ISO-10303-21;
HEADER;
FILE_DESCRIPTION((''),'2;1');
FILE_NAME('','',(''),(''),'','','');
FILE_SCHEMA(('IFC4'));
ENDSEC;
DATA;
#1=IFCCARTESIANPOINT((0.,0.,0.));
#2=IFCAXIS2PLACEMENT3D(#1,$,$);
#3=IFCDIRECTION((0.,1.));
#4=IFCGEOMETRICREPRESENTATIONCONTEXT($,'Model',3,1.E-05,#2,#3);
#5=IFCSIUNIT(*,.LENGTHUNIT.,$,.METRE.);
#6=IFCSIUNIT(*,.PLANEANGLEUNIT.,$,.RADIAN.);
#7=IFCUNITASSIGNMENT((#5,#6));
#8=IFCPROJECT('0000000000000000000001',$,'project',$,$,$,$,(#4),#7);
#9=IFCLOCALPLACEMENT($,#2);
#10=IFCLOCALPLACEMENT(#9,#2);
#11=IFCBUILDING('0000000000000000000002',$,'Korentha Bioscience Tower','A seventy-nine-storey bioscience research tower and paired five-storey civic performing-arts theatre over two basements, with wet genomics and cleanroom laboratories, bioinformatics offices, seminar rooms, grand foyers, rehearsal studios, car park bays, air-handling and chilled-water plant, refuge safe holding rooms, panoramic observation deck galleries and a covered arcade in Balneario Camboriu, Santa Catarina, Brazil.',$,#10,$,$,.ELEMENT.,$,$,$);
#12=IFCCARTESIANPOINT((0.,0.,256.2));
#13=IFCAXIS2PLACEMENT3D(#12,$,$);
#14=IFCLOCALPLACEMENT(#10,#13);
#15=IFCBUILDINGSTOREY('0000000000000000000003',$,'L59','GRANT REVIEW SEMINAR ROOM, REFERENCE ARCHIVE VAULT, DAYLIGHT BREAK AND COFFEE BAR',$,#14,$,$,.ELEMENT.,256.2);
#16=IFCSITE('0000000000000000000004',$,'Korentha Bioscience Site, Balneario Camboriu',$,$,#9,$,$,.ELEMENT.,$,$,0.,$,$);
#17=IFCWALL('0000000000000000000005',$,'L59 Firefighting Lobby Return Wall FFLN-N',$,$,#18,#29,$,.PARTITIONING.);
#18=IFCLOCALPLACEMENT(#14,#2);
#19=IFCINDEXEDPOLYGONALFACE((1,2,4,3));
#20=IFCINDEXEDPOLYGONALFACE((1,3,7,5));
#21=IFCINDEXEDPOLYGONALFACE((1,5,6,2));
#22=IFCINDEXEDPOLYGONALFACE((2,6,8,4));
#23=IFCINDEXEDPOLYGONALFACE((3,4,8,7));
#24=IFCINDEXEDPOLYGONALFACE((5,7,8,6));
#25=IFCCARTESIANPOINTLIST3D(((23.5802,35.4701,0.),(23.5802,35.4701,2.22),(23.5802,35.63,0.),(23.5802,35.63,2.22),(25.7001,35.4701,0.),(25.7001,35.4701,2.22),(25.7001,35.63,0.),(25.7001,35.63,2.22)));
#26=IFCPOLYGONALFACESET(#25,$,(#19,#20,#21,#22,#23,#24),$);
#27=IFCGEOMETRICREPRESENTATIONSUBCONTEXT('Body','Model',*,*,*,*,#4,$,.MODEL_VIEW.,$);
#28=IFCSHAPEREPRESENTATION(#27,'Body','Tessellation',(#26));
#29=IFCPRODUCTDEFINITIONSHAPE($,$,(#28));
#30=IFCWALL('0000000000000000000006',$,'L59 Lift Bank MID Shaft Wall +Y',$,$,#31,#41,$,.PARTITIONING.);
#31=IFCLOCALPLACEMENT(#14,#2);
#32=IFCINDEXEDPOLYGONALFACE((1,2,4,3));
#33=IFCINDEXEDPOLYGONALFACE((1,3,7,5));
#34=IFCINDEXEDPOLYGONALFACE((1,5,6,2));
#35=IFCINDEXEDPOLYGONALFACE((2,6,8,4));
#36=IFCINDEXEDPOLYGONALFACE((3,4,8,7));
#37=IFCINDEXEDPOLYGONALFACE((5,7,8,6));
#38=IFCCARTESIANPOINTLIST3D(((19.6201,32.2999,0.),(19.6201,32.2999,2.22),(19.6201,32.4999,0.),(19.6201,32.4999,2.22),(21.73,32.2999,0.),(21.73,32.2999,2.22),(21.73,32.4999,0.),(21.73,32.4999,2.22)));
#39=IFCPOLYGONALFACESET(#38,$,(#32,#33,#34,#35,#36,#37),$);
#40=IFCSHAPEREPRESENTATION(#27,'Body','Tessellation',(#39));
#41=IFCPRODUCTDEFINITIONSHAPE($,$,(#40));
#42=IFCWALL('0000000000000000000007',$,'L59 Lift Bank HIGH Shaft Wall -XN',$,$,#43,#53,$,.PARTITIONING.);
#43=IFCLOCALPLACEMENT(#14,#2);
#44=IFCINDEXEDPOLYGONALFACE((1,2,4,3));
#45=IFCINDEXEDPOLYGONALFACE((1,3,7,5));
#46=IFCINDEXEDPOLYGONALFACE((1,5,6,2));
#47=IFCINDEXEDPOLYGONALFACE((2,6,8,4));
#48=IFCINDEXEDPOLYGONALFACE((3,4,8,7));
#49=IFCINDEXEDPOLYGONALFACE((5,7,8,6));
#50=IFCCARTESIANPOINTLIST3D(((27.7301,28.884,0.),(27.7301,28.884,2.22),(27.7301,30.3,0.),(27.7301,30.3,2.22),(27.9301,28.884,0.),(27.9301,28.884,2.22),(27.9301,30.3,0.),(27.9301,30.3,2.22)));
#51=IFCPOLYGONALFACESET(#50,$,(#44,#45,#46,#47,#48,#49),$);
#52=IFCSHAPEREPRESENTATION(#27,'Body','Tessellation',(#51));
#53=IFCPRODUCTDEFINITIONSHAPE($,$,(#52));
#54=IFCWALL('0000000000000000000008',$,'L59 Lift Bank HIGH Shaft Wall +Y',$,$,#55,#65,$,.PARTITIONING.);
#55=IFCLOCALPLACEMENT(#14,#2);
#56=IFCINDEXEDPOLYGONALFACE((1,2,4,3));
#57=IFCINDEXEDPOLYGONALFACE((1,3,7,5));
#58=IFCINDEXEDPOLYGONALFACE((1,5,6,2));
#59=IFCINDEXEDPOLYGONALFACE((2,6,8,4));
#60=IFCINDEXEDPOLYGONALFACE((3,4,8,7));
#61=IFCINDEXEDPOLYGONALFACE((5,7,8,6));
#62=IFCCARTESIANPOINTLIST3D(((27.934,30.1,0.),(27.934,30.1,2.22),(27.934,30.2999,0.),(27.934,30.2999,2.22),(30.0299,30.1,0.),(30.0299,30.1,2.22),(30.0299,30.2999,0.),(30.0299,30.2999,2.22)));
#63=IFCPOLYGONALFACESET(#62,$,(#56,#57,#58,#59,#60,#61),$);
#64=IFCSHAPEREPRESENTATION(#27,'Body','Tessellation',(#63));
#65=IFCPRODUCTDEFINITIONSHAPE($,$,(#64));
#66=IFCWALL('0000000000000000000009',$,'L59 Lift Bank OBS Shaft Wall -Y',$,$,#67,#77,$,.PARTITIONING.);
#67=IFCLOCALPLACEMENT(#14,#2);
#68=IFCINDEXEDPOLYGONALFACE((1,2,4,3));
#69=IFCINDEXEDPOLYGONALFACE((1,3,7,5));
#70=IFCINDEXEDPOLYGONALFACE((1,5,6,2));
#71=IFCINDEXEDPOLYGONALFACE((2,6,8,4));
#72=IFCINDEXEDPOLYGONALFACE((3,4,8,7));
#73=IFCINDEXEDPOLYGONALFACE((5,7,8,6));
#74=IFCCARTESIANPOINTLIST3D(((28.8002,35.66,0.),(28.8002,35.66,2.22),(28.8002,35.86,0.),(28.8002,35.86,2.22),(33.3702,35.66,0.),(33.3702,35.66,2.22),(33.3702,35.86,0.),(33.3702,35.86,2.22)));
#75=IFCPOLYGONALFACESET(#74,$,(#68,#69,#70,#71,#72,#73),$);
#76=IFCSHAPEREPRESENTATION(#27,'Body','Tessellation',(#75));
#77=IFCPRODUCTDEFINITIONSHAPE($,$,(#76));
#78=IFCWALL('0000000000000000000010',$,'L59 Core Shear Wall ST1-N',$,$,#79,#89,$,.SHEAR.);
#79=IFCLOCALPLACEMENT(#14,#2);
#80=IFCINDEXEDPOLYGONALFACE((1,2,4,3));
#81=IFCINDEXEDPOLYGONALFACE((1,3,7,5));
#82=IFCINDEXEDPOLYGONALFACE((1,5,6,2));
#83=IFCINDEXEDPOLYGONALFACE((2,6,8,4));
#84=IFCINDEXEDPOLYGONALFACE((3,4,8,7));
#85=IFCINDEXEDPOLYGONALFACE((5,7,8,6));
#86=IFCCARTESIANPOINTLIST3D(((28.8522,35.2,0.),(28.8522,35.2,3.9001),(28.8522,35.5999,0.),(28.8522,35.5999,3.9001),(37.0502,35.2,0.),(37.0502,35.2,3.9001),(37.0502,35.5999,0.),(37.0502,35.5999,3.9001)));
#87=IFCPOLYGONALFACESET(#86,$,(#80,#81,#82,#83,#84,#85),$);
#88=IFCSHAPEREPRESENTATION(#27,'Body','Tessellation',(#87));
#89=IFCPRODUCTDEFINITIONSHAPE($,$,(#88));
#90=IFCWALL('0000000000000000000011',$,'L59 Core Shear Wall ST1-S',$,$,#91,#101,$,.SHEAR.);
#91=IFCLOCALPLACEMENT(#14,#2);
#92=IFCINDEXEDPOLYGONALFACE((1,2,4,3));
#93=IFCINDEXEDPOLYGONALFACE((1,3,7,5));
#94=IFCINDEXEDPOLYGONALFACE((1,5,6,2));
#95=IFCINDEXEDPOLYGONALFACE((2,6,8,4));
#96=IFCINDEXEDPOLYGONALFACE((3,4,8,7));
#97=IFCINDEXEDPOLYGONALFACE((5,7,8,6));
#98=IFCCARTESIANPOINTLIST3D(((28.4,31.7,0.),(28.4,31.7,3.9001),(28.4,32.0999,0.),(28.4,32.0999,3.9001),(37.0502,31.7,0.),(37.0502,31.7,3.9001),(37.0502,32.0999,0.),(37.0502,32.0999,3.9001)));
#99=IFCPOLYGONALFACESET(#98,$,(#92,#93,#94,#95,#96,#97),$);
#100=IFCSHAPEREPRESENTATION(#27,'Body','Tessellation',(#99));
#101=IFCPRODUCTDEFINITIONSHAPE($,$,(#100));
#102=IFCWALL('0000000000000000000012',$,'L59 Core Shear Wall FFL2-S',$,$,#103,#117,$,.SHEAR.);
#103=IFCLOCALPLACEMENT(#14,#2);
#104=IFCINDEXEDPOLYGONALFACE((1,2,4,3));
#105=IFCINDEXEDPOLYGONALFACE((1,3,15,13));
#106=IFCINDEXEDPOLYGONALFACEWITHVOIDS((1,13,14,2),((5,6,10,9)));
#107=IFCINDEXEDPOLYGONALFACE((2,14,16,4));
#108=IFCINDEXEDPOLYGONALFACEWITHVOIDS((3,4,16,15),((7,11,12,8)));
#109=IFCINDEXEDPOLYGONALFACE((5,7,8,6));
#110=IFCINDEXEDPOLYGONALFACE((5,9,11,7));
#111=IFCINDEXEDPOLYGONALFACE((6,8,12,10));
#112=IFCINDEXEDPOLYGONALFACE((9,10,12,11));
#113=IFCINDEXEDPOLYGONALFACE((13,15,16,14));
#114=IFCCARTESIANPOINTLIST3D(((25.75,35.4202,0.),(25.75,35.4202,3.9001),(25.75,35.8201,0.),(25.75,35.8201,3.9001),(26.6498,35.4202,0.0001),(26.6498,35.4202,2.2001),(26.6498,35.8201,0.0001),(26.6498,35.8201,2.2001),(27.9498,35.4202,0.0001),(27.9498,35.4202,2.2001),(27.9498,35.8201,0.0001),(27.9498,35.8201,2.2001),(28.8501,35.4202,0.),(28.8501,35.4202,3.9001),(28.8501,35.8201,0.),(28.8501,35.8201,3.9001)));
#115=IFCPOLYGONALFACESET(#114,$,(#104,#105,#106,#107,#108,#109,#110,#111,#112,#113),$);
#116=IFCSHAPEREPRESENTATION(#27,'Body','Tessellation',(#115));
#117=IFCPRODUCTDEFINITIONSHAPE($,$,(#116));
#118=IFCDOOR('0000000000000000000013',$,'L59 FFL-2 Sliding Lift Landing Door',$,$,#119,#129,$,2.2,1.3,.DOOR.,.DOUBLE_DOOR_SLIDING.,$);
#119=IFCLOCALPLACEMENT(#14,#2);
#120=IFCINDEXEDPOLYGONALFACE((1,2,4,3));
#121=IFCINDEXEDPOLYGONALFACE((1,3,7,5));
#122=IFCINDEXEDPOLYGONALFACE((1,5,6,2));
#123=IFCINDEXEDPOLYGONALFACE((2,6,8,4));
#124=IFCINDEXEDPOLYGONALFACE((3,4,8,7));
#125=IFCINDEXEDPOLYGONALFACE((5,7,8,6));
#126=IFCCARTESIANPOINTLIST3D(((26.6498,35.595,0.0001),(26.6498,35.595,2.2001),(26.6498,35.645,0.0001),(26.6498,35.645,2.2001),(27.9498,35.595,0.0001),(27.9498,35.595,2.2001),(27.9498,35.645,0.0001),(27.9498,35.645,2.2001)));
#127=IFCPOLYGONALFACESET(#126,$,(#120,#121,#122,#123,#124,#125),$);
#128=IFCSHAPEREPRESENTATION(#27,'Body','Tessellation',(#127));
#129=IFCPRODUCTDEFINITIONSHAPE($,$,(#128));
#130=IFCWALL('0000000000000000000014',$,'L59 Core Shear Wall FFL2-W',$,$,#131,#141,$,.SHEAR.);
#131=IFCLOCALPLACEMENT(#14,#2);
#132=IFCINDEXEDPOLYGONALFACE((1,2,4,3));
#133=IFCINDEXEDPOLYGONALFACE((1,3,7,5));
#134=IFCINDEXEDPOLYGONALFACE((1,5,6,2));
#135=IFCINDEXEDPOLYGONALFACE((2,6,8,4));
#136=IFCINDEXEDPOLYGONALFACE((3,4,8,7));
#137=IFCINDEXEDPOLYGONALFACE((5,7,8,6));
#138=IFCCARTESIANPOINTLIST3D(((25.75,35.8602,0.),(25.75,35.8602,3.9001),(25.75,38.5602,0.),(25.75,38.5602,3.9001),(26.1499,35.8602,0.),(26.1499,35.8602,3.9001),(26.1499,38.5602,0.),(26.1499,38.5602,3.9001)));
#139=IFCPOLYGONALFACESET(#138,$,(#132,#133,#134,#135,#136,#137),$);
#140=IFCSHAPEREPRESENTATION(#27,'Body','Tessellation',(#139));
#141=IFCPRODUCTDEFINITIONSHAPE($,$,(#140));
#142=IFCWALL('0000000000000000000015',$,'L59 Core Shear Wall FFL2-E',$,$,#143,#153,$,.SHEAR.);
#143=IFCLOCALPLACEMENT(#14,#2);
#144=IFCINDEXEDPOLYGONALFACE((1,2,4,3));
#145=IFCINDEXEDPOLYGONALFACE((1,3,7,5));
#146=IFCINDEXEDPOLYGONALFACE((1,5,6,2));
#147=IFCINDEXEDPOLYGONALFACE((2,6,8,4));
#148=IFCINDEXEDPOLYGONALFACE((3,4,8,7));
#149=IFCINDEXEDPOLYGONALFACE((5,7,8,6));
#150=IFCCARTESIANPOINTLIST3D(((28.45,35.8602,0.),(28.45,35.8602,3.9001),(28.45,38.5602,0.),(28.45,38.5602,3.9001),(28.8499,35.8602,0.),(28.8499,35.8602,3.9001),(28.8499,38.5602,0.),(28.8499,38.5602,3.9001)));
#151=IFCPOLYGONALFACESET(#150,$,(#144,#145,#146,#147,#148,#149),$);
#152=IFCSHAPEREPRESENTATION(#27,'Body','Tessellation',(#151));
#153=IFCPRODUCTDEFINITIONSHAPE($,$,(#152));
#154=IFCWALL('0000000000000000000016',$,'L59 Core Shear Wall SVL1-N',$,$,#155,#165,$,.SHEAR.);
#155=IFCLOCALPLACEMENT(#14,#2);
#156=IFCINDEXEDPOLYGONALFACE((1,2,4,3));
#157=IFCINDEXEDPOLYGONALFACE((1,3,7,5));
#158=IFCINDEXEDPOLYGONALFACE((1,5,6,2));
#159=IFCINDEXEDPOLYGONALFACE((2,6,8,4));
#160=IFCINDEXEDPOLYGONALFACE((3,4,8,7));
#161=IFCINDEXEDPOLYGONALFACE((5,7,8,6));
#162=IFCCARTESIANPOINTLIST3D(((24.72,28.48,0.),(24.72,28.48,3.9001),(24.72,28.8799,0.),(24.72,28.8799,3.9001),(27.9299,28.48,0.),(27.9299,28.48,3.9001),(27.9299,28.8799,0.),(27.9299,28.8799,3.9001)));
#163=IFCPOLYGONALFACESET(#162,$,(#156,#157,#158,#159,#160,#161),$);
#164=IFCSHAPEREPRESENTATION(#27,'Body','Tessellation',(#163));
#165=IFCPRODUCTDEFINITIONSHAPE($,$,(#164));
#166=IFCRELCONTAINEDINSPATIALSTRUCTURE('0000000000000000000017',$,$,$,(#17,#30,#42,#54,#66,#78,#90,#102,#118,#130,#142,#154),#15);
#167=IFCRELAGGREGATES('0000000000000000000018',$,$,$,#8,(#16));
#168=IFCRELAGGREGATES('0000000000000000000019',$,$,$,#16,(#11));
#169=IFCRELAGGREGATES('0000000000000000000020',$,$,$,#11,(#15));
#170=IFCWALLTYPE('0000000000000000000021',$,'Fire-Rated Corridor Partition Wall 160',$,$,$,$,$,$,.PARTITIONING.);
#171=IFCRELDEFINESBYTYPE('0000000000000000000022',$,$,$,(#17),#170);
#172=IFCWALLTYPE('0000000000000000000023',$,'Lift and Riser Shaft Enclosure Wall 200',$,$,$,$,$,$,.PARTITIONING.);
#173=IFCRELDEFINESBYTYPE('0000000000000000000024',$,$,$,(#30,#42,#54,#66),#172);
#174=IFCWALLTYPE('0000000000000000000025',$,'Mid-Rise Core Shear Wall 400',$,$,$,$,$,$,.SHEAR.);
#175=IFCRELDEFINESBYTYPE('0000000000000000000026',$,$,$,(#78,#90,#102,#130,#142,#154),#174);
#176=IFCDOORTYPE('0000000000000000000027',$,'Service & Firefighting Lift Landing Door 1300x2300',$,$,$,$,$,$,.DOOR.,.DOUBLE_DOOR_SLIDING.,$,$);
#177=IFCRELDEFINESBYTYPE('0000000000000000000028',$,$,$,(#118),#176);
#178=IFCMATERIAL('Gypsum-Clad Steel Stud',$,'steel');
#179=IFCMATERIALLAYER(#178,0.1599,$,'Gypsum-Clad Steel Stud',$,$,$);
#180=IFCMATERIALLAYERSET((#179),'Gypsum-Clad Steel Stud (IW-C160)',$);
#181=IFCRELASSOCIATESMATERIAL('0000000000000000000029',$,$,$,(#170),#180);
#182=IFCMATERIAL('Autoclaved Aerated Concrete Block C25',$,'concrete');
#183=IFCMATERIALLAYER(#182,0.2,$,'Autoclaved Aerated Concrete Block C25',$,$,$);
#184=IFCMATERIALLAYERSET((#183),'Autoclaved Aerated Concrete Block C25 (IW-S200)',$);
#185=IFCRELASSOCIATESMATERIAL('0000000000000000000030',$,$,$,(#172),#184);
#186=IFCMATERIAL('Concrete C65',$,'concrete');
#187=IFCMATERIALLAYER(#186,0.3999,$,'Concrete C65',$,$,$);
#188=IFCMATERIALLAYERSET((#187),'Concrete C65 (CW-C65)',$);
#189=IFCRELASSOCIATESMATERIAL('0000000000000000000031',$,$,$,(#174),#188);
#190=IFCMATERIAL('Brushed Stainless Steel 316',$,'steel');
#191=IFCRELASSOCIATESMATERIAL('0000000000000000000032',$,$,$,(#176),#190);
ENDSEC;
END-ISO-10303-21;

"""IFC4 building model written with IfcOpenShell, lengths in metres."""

from ifc_helpers import new_model, si_unit, direction, frame, frame_2d, origin, place, context, subcontext, project, spatial, rectangle, extrude, material, layer, layer_set, type_object, element, fill, save


model = new_model("IFC4")

# Units and contexts
model_context = context("Model", 3, precision=1e-05, world=origin(), true_north=direction((0.0, 1.0)))
body_context = subcontext(model_context, "Body", "Model", "MODEL_VIEW")
ifc_project = project(units=[si_unit("LENGTHUNIT", "METRE"), si_unit("PLANEANGLEUNIT", "RADIAN")], contexts=[model_context])

# Site, building, storey
site_placement = place(None, origin())
site = spatial("IfcSite", under=ifc_project, at=site_placement, Name="Korentha Bioscience Site, Balneario Camboriu", CompositionType="ELEMENT", RefElevation=0.0)
building_placement = place(site_placement, origin())
building = spatial("IfcBuilding", under=site, at=building_placement, Name="Korentha Bioscience Tower", Description="A seventy-nine-storey bioscience research tower and paired five-storey civic performing-arts theatre over two basements, with wet genomics and cleanroom laboratories, bioinformatics offices, seminar rooms, grand foyers, rehearsal studios, car park bays, air-handling and chilled-water plant, refuge safe holding rooms, panoramic observation deck galleries and a covered arcade in Balneario Camboriu, Santa Catarina, Brazil.", CompositionType="ELEMENT")
storey_placement = place(building_placement, frame((0.0, 0.0, 256.2)))
storey = spatial("IfcBuildingStorey", under=building, at=storey_placement, Name="L59", Description="GRANT REVIEW SEMINAR ROOM, REFERENCE ARCHIVE VAULT, DAYLIGHT BREAK AND COFFEE BAR", CompositionType="ELEMENT", Elevation=256.2)

# Shared definitions
ifc_material_1 = material(Name="Concrete C65", Category="concrete")

# Shared definitions
ifc_material_2 = material(Name="Gypsum-Clad Steel Stud", Category="steel")
ifc_layer_1 = layer(ifc_material_2, 0.1599, Name="Gypsum-Clad Steel Stud")
ifc_layer_set_1 = layer_set([ifc_layer_1], Name="Gypsum-Clad Steel Stud (IW-C160)")
wall_type_1 = type_object("IfcWallType", Name="Fire-Rated Corridor Partition Wall 160", PredefinedType="PARTITIONING", material=ifc_layer_set_1)

# Walls
wall_1_placement = place(storey_placement, frame((23.5801, 35.55, 0.0), z_axis=(0.0, 0.0, 1.0), x_axis=(1.0, 0.0, 0.0)))
element("IfcWall", 1, at=wall_1_placement, inside=storey, type_object=wall_type_1, Name="L59 Firefighting Lobby Return Wall FFLN-N", PredefinedType="PARTITIONING", context=body_context, shape_type="SweptSolid", body=[
    extrude(rectangle(XDim=2.1199, YDim=0.1599, at=frame_2d((1.0601, 0.0))), origin(), (0.0, 0.0, 1.0), 2.22),
])
ifc_material_3 = material(Name="Autoclaved Aerated Concrete Block C25", Category="concrete")
ifc_layer_2 = layer(ifc_material_3, 0.2, Name="Autoclaved Aerated Concrete Block C25")
ifc_layer_set_2 = layer_set([ifc_layer_2], Name="Autoclaved Aerated Concrete Block C25 (IW-S200)")
wall_type_2 = type_object("IfcWallType", Name="Lift and Riser Shaft Enclosure Wall 200", PredefinedType="PARTITIONING", material=ifc_layer_set_2)
wall_2_placement = place(storey_placement, frame((19.6201, 32.3999, 0.0), z_axis=(0.0, 0.0, 1.0), x_axis=(1.0, 0.0, 0.0)))
element("IfcWall", 2, at=wall_2_placement, inside=storey, type_object=wall_type_2, Name="L59 Lift Bank MID Shaft Wall +Y", PredefinedType="PARTITIONING", context=body_context, shape_type="SweptSolid", body=[
    extrude(rectangle(XDim=2.1099, YDim=0.2, at=frame_2d((1.0549, 0.0))), origin(), (0.0, 0.0, 1.0), 2.22),
])
wall_3_placement = place(storey_placement, frame((27.8301, 28.884, 0.0), z_axis=(0.0, 0.0, 1.0), x_axis=(0.0, 1.0, 0.0)))
element("IfcWall", 3, at=wall_3_placement, inside=storey, type_object=wall_type_2, Name="L59 Lift Bank HIGH Shaft Wall -XN", PredefinedType="PARTITIONING", context=body_context, shape_type="SweptSolid", body=[
    extrude(rectangle(XDim=1.416, YDim=0.2, at=frame_2d((0.708, 0.0))), origin(), (0.0, 0.0, 1.0), 2.22),
])
wall_4_placement = place(storey_placement, frame((27.9341, 30.2, 0.0), z_axis=(0.0, 0.0, 1.0), x_axis=(1.0, 0.0, 0.0)))
element("IfcWall", 4, at=wall_4_placement, inside=storey, type_object=wall_type_2, Name="L59 Lift Bank HIGH Shaft Wall +Y", PredefinedType="PARTITIONING", context=body_context, shape_type="SweptSolid", body=[
    extrude(rectangle(XDim=2.0959, YDim=0.2, at=frame_2d((1.0479, 0.0))), origin(), (0.0, 0.0, 1.0), 2.22),
])
wall_5_placement = place(storey_placement, frame((28.8, 35.76, 0.0), z_axis=(0.0, 0.0, 1.0), x_axis=(1.0, 0.0, 0.0)))
element("IfcWall", 5, at=wall_5_placement, inside=storey, type_object=wall_type_2, Name="L59 Lift Bank OBS Shaft Wall -Y", PredefinedType="PARTITIONING", context=body_context, shape_type="SweptSolid", body=[
    extrude(rectangle(XDim=4.5701, YDim=0.2, at=frame_2d((2.2852, 0.0))), origin(), (0.0, 0.0, 1.0), 2.22),
])
ifc_layer_3 = layer(ifc_material_1, 0.3999, Name="Concrete C65")
ifc_layer_set_3 = layer_set([ifc_layer_3], Name="Concrete C65 (CW-C65)")
wall_type_3 = type_object("IfcWallType", Name="Mid-Rise Core Shear Wall 400", PredefinedType="SHEAR", material=ifc_layer_set_3)
wall_6_placement = place(storey_placement, frame((28.8521, 35.3999, 0.0), z_axis=(0.0, 0.0, 1.0), x_axis=(1.0, 0.0, 0.0)))
element("IfcWall", 6, at=wall_6_placement, inside=storey, type_object=wall_type_3, Name="L59 Core Shear Wall ST1-N", PredefinedType="SHEAR", context=body_context, shape_type="SweptSolid", body=[
    extrude(rectangle(XDim=8.198, YDim=0.3999, at=frame_2d((4.0991, 0.0))), origin(), (0.0, 0.0, 1.0), 3.9001),
])
wall_7_placement = place(storey_placement, frame((28.3999, 31.8999, 0.0), z_axis=(0.0, 0.0, 1.0), x_axis=(1.0, 0.0, 0.0)))
element("IfcWall", 7, at=wall_7_placement, inside=storey, type_object=wall_type_3, Name="L59 Core Shear Wall ST1-S", PredefinedType="SHEAR", context=body_context, shape_type="SweptSolid", body=[
    extrude(rectangle(XDim=8.6501, YDim=0.3999, at=frame_2d((4.3252, 0.0))), origin(), (0.0, 0.0, 1.0), 3.9001),
])

# Wall, opening, door
wall_8_placement = place(storey_placement, frame((25.75, 35.6201, 0.0), z_axis=(0.0, 0.0, 1.0), x_axis=(1.0, 0.0, 0.0)))
wall_8 = element("IfcWall", 8, at=wall_8_placement, inside=storey, type_object=wall_type_3, Name="L59 Core Shear Wall FFL2-S", PredefinedType="SHEAR", context=body_context, shape_type="SweptSolid", body=[
    extrude(rectangle(XDim=3.1001, YDim=0.3999, at=frame_2d((1.55, 0.0))), origin(), (0.0, 0.0, 1.0), 3.9001),
])
opening_1_placement = place(wall_8_placement, frame((0.8999, 0.0, 0.0)))
opening_1 = element("IfcOpeningElement", 9, at=opening_1_placement, cuts=wall_8, PredefinedType="OPENING", context=body_context, shape_type="SweptSolid", body=[
    extrude(rectangle(XDim=1.3, YDim=2.2, at=frame_2d((0.6499, 1.1001))), frame((0.0, 0.2148, 0.0), z_axis=(0.0, -1.0, 0.0), x_axis=(1.0, 0.0, 0.0)), (0.0, 0.0, 1.0), 0.4297),
])
ifc_material_4 = material(Name="Brushed Stainless Steel 316", Category="steel")
door_type_1 = type_object("IfcDoorType", Name="Service & Firefighting Lift Landing Door 1300x2300", OperationType="DOUBLE_DOOR_SLIDING", PredefinedType="DOOR", material=ifc_material_4)
door_1_placement = place(opening_1_placement, origin())
door_1 = element("IfcDoor", 10, at=door_1_placement, inside=storey, type_object=door_type_1, Name="L59 FFL-2 Sliding Lift Landing Door", OperationType="DOUBLE_DOOR_SLIDING", OverallHeight=2.2, OverallWidth=1.3, PredefinedType="DOOR", context=body_context, shape_type="SweptSolid", body=[
    extrude(rectangle(XDim=1.3, YDim=2.2, at=frame_2d((0.6499, 1.1001))), frame((0.0, 0.0249, 0.0), z_axis=(0.0, -1.0, 0.0), x_axis=(1.0, 0.0, 0.0)), (0.0, 0.0, 1.0), 0.05),
])
fill(opening_1, door_1)

# Walls
for number, where, z_axis, x_axis, name in (
    (11, (25.95, 35.8601, 0.0), (0.0, 0.0, 1.0), (0.0, 1.0, 0.0), "L59 Core Shear Wall FFL2-W"),
    (12, (28.6499, 35.8601, 0.0), (0.0, 0.0, 1.0), (0.0, 1.0, 0.0), "L59 Core Shear Wall FFL2-E"),
):
    element("IfcWall", number, at=place(storey_placement, frame(where, z_axis=z_axis, x_axis=x_axis)), inside=storey, type_object=wall_type_3, Name=name, PredefinedType="SHEAR", context=body_context, shape_type="SweptSolid", body=[
        extrude(rectangle(XDim=2.7, YDim=0.3999, at=frame_2d((1.3501, 0.0))), origin(), (0.0, 0.0, 1.0), 3.9001),
    ])
wall_9_placement = place(storey_placement, frame((24.72, 28.6799, 0.0), z_axis=(0.0, 0.0, 1.0), x_axis=(1.0, 0.0, 0.0)))
element("IfcWall", 13, at=wall_9_placement, inside=storey, type_object=wall_type_3, Name="L59 Core Shear Wall SVL1-N", PredefinedType="SHEAR", context=body_context, shape_type="SweptSolid", body=[
    extrude(rectangle(XDim=3.21, YDim=0.3999, at=frame_2d((1.605, 0.0))), origin(), (0.0, 0.0, 1.0), 3.9001),
])

save(model, "model.ifc")
